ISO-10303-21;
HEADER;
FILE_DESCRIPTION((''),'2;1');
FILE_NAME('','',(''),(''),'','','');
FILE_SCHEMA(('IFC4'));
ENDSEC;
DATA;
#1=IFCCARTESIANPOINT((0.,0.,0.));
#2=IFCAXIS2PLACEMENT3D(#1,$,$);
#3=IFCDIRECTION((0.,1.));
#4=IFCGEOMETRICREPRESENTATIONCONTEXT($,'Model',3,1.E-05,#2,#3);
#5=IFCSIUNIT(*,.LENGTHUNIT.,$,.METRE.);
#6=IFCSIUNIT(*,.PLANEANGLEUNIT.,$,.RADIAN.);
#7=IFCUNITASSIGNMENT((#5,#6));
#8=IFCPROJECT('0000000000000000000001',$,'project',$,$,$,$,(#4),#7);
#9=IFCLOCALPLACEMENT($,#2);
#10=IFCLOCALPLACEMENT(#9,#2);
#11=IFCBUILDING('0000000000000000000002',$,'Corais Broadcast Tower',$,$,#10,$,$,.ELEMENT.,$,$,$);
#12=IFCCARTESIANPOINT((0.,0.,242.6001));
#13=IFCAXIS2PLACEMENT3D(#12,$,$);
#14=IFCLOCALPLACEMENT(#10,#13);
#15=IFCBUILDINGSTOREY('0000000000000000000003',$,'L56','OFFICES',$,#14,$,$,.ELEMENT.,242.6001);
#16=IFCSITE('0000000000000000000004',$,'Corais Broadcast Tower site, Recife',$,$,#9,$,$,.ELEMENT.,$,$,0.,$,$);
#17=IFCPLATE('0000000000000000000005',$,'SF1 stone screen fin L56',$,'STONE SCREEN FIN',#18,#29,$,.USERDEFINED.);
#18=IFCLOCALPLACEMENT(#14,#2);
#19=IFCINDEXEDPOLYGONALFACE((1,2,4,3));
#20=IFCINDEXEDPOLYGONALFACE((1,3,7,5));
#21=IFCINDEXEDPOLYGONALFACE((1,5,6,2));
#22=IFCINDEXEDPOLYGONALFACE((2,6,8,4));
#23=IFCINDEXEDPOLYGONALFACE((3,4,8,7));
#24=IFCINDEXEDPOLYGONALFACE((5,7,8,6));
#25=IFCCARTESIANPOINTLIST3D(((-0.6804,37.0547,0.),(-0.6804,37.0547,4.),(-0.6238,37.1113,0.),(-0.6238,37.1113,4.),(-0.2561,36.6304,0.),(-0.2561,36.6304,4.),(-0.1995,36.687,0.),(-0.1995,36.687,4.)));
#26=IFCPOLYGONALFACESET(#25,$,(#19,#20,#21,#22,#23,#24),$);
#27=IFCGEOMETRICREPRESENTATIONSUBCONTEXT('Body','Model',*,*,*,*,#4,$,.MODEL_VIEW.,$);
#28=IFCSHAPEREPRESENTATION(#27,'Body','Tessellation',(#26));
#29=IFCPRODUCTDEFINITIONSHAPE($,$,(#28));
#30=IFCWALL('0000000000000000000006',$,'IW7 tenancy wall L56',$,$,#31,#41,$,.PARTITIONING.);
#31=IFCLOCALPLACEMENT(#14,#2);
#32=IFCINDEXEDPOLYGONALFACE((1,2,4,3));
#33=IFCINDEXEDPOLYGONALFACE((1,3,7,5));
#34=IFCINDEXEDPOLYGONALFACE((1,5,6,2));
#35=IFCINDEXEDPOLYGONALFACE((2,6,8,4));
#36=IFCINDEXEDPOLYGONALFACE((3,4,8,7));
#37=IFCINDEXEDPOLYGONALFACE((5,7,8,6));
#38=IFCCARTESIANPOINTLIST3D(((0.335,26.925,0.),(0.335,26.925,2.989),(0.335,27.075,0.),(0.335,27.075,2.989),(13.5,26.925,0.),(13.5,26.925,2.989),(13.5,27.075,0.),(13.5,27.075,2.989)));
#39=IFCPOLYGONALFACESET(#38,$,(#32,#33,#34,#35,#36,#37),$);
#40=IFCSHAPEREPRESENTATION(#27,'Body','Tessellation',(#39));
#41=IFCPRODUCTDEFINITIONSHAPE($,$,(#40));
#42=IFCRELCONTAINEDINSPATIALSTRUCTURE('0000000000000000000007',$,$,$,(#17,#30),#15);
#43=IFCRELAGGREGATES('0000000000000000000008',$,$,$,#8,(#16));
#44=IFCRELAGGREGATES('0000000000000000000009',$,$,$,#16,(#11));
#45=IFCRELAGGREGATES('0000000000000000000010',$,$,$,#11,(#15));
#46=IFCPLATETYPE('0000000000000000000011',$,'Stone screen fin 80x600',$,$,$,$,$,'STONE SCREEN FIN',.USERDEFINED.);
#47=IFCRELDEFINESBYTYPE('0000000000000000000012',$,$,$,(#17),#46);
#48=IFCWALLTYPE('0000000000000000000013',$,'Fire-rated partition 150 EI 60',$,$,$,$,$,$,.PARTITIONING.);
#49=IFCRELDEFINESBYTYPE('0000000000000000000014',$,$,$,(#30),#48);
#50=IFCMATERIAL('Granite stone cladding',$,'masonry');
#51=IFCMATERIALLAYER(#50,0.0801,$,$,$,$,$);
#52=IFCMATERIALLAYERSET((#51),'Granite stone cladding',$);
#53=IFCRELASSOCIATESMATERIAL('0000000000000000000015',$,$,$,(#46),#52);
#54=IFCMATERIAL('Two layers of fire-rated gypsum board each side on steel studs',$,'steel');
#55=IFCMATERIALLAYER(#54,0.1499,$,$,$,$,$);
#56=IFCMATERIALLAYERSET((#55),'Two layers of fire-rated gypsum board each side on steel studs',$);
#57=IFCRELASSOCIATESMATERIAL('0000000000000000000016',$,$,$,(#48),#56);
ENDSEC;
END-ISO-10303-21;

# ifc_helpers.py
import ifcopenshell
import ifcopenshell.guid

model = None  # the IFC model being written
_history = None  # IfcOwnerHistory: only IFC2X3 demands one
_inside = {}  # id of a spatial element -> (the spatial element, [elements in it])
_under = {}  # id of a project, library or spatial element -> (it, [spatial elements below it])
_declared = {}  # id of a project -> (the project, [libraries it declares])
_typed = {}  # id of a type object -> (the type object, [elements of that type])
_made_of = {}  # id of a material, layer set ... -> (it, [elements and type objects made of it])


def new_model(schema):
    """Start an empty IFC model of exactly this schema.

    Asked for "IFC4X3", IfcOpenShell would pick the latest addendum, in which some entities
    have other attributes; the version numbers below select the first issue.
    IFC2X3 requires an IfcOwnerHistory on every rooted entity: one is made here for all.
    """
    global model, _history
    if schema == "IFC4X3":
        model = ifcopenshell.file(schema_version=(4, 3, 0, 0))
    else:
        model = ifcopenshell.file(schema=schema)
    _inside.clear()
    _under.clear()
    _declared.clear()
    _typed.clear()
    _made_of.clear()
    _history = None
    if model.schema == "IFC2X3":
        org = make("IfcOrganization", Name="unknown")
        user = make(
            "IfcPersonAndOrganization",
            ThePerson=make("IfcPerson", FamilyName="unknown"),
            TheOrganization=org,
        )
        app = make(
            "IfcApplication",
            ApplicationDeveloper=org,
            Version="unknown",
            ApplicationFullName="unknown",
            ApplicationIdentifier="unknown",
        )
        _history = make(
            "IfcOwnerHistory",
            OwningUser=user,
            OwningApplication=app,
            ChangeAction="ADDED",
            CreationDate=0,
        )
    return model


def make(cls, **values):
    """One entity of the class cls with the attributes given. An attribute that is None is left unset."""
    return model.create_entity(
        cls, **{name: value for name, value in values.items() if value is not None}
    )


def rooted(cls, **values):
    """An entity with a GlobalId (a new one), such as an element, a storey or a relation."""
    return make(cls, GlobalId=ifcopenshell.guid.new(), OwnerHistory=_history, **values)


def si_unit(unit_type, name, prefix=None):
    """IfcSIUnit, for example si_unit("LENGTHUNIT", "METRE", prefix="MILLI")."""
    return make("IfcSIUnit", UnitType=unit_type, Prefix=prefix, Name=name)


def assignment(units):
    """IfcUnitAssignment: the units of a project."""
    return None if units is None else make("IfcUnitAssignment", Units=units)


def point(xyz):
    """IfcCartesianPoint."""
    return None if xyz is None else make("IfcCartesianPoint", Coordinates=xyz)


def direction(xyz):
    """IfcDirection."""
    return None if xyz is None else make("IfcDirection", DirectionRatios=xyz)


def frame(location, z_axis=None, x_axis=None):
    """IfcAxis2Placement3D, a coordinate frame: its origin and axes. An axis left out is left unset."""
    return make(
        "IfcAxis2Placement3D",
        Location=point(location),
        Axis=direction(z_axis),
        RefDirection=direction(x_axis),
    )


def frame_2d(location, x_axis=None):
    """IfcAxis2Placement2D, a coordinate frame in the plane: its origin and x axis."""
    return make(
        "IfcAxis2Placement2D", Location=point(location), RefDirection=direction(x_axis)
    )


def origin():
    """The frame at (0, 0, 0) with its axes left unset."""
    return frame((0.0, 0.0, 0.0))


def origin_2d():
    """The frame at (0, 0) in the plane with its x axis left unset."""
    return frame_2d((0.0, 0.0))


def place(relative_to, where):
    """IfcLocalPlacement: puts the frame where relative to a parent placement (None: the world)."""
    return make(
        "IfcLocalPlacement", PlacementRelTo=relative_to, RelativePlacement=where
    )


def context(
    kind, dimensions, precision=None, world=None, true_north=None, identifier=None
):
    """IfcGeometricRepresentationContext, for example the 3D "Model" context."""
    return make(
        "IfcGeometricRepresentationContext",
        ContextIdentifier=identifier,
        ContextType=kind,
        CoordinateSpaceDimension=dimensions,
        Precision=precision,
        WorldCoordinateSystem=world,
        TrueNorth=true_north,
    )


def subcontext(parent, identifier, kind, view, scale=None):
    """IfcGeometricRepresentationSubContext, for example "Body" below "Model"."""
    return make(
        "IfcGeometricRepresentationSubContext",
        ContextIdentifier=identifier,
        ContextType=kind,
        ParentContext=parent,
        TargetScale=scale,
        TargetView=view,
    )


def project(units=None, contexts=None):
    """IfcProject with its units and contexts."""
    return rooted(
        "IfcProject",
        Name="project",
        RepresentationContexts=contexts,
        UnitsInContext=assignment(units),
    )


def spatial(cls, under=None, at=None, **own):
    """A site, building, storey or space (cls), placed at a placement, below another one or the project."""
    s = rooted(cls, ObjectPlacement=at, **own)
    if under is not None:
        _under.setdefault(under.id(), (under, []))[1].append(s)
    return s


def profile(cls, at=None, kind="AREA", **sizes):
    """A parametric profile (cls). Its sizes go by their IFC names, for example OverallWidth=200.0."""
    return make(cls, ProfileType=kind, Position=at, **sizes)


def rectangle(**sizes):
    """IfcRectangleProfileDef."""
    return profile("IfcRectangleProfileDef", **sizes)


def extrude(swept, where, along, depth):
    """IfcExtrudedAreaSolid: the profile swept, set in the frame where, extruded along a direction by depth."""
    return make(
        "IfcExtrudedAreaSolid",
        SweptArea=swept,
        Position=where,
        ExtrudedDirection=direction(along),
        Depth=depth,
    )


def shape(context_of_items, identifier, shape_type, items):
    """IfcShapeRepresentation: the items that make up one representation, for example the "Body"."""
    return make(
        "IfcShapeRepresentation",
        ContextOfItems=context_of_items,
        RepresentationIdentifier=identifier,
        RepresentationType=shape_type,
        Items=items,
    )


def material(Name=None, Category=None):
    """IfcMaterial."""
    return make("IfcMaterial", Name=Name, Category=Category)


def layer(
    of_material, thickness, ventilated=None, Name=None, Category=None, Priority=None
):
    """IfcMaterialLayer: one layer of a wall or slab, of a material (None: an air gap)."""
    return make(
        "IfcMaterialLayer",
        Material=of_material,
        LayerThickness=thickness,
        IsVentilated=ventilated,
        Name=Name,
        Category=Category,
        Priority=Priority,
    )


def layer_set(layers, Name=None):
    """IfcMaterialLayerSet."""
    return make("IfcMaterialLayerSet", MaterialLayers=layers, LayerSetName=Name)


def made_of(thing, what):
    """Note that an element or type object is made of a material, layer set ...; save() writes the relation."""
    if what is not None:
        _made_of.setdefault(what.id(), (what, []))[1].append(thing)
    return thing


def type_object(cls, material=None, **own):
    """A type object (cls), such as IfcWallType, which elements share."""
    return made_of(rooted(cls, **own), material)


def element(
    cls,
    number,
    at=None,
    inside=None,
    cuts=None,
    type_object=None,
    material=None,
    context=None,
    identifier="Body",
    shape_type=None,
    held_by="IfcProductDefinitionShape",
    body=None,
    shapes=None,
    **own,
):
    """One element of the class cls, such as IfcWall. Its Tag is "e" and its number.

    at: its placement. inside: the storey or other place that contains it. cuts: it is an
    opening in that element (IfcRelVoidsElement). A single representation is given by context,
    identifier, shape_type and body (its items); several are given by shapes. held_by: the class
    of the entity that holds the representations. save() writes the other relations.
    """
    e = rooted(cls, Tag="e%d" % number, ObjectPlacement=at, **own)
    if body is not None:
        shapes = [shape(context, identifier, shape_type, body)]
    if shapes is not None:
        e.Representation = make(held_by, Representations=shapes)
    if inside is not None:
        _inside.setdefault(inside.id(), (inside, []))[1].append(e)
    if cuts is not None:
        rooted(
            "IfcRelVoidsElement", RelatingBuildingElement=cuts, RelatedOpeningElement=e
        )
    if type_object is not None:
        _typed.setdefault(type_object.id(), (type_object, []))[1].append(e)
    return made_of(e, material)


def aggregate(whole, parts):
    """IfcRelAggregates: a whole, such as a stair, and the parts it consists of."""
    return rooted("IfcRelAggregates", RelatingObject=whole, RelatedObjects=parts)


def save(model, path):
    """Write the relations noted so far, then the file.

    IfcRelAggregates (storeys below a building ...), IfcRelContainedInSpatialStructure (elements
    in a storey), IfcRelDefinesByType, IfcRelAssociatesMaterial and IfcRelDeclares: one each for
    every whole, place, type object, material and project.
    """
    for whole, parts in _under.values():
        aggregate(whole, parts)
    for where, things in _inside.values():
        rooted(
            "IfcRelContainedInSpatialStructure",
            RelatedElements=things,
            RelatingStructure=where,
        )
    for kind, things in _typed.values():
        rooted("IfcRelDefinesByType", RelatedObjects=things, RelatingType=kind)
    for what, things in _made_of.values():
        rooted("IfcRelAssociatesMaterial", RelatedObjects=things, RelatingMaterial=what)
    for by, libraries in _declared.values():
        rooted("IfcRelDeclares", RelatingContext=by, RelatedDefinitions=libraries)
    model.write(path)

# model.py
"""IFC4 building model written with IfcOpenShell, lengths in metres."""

from ifc_helpers import new_model, si_unit, direction, frame, frame_2d, origin, origin_2d, place, context, subcontext, project, spatial, rectangle, extrude, material, layer, layer_set, type_object, element, save


model = new_model("IFC4")

# Units and contexts
model_context = context("Model", 3, precision=1e-05, world=origin(), true_north=direction((0.0, 1.0)))
body_context = subcontext(model_context, "Body", "Model", "MODEL_VIEW")
ifc_project = project(units=[si_unit("LENGTHUNIT", "METRE"), si_unit("PLANEANGLEUNIT", "RADIAN")], contexts=[model_context])

# Site, building, storey
site_placement = place(None, origin())
site = spatial("IfcSite", under=ifc_project, at=site_placement, Name="Corais Broadcast Tower site, Recife", CompositionType="ELEMENT", RefElevation=0.0)
building_placement = place(site_placement, origin())
building = spatial("IfcBuilding", under=site, at=building_placement, Name="Corais Broadcast Tower", CompositionType="ELEMENT")
storey_placement = place(building_placement, frame((0.0, 0.0, 242.6001)))
storey = spatial("IfcBuildingStorey", under=building, at=storey_placement, Name="L56", Description="OFFICES", CompositionType="ELEMENT", Elevation=242.6001)

# Plate
ifc_material_1 = material(Name="Granite stone cladding", Category="masonry")
ifc_layer_1 = layer(ifc_material_1, 0.0801)
ifc_layer_set_1 = layer_set([ifc_layer_1], Name="Granite stone cladding")
plate_type_1 = type_object("IfcPlateType", Name="Stone screen fin 80x600", ElementType="STONE SCREEN FIN", PredefinedType="USERDEFINED", material=ifc_layer_set_1)
plate_1_placement = place(storey_placement, frame((-0.4399, 36.8708, 0.0), z_axis=(0.0, 0.0, 1.0), x_axis=(0.707107, 0.707107, 0.0)))
element("IfcPlate", 1, at=plate_1_placement, inside=storey, type_object=plate_type_1, Name="SF1 stone screen fin L56", ObjectType="STONE SCREEN FIN", PredefinedType="USERDEFINED", context=body_context, shape_type="SweptSolid", body=[
    extrude(rectangle(XDim=0.0801, YDim=0.6001, at=origin_2d()), origin(), (0.0, 0.0, 1.0), 4.0),
])

# Wall
ifc_material_2 = material(Name="Two layers of fire-rated gypsum board each side on steel studs", Category="steel")
ifc_layer_2 = layer(ifc_material_2, 0.1499)
ifc_layer_set_2 = layer_set([ifc_layer_2], Name="Two layers of fire-rated gypsum board each side on steel studs")
wall_type = type_object("IfcWallType", Name="Fire-rated partition 150 EI 60", PredefinedType="PARTITIONING", material=ifc_layer_set_2)
wall_placement = place(storey_placement, frame((0.335, 27.0, 0.0), z_axis=(0.0, 0.0, 1.0), x_axis=(1.0, 0.0, 0.0)))
element("IfcWall", 2, at=wall_placement, inside=storey, type_object=wall_type, Name="IW7 tenancy wall L56", PredefinedType="PARTITIONING", context=body_context, shape_type="SweptSolid", body=[
    extrude(rectangle(XDim=13.165, YDim=0.1499, at=frame_2d((6.5825, 0.0))), origin(), (0.0, 0.0, 1.0), 2.989),
])

save(model, "model.ifc")
